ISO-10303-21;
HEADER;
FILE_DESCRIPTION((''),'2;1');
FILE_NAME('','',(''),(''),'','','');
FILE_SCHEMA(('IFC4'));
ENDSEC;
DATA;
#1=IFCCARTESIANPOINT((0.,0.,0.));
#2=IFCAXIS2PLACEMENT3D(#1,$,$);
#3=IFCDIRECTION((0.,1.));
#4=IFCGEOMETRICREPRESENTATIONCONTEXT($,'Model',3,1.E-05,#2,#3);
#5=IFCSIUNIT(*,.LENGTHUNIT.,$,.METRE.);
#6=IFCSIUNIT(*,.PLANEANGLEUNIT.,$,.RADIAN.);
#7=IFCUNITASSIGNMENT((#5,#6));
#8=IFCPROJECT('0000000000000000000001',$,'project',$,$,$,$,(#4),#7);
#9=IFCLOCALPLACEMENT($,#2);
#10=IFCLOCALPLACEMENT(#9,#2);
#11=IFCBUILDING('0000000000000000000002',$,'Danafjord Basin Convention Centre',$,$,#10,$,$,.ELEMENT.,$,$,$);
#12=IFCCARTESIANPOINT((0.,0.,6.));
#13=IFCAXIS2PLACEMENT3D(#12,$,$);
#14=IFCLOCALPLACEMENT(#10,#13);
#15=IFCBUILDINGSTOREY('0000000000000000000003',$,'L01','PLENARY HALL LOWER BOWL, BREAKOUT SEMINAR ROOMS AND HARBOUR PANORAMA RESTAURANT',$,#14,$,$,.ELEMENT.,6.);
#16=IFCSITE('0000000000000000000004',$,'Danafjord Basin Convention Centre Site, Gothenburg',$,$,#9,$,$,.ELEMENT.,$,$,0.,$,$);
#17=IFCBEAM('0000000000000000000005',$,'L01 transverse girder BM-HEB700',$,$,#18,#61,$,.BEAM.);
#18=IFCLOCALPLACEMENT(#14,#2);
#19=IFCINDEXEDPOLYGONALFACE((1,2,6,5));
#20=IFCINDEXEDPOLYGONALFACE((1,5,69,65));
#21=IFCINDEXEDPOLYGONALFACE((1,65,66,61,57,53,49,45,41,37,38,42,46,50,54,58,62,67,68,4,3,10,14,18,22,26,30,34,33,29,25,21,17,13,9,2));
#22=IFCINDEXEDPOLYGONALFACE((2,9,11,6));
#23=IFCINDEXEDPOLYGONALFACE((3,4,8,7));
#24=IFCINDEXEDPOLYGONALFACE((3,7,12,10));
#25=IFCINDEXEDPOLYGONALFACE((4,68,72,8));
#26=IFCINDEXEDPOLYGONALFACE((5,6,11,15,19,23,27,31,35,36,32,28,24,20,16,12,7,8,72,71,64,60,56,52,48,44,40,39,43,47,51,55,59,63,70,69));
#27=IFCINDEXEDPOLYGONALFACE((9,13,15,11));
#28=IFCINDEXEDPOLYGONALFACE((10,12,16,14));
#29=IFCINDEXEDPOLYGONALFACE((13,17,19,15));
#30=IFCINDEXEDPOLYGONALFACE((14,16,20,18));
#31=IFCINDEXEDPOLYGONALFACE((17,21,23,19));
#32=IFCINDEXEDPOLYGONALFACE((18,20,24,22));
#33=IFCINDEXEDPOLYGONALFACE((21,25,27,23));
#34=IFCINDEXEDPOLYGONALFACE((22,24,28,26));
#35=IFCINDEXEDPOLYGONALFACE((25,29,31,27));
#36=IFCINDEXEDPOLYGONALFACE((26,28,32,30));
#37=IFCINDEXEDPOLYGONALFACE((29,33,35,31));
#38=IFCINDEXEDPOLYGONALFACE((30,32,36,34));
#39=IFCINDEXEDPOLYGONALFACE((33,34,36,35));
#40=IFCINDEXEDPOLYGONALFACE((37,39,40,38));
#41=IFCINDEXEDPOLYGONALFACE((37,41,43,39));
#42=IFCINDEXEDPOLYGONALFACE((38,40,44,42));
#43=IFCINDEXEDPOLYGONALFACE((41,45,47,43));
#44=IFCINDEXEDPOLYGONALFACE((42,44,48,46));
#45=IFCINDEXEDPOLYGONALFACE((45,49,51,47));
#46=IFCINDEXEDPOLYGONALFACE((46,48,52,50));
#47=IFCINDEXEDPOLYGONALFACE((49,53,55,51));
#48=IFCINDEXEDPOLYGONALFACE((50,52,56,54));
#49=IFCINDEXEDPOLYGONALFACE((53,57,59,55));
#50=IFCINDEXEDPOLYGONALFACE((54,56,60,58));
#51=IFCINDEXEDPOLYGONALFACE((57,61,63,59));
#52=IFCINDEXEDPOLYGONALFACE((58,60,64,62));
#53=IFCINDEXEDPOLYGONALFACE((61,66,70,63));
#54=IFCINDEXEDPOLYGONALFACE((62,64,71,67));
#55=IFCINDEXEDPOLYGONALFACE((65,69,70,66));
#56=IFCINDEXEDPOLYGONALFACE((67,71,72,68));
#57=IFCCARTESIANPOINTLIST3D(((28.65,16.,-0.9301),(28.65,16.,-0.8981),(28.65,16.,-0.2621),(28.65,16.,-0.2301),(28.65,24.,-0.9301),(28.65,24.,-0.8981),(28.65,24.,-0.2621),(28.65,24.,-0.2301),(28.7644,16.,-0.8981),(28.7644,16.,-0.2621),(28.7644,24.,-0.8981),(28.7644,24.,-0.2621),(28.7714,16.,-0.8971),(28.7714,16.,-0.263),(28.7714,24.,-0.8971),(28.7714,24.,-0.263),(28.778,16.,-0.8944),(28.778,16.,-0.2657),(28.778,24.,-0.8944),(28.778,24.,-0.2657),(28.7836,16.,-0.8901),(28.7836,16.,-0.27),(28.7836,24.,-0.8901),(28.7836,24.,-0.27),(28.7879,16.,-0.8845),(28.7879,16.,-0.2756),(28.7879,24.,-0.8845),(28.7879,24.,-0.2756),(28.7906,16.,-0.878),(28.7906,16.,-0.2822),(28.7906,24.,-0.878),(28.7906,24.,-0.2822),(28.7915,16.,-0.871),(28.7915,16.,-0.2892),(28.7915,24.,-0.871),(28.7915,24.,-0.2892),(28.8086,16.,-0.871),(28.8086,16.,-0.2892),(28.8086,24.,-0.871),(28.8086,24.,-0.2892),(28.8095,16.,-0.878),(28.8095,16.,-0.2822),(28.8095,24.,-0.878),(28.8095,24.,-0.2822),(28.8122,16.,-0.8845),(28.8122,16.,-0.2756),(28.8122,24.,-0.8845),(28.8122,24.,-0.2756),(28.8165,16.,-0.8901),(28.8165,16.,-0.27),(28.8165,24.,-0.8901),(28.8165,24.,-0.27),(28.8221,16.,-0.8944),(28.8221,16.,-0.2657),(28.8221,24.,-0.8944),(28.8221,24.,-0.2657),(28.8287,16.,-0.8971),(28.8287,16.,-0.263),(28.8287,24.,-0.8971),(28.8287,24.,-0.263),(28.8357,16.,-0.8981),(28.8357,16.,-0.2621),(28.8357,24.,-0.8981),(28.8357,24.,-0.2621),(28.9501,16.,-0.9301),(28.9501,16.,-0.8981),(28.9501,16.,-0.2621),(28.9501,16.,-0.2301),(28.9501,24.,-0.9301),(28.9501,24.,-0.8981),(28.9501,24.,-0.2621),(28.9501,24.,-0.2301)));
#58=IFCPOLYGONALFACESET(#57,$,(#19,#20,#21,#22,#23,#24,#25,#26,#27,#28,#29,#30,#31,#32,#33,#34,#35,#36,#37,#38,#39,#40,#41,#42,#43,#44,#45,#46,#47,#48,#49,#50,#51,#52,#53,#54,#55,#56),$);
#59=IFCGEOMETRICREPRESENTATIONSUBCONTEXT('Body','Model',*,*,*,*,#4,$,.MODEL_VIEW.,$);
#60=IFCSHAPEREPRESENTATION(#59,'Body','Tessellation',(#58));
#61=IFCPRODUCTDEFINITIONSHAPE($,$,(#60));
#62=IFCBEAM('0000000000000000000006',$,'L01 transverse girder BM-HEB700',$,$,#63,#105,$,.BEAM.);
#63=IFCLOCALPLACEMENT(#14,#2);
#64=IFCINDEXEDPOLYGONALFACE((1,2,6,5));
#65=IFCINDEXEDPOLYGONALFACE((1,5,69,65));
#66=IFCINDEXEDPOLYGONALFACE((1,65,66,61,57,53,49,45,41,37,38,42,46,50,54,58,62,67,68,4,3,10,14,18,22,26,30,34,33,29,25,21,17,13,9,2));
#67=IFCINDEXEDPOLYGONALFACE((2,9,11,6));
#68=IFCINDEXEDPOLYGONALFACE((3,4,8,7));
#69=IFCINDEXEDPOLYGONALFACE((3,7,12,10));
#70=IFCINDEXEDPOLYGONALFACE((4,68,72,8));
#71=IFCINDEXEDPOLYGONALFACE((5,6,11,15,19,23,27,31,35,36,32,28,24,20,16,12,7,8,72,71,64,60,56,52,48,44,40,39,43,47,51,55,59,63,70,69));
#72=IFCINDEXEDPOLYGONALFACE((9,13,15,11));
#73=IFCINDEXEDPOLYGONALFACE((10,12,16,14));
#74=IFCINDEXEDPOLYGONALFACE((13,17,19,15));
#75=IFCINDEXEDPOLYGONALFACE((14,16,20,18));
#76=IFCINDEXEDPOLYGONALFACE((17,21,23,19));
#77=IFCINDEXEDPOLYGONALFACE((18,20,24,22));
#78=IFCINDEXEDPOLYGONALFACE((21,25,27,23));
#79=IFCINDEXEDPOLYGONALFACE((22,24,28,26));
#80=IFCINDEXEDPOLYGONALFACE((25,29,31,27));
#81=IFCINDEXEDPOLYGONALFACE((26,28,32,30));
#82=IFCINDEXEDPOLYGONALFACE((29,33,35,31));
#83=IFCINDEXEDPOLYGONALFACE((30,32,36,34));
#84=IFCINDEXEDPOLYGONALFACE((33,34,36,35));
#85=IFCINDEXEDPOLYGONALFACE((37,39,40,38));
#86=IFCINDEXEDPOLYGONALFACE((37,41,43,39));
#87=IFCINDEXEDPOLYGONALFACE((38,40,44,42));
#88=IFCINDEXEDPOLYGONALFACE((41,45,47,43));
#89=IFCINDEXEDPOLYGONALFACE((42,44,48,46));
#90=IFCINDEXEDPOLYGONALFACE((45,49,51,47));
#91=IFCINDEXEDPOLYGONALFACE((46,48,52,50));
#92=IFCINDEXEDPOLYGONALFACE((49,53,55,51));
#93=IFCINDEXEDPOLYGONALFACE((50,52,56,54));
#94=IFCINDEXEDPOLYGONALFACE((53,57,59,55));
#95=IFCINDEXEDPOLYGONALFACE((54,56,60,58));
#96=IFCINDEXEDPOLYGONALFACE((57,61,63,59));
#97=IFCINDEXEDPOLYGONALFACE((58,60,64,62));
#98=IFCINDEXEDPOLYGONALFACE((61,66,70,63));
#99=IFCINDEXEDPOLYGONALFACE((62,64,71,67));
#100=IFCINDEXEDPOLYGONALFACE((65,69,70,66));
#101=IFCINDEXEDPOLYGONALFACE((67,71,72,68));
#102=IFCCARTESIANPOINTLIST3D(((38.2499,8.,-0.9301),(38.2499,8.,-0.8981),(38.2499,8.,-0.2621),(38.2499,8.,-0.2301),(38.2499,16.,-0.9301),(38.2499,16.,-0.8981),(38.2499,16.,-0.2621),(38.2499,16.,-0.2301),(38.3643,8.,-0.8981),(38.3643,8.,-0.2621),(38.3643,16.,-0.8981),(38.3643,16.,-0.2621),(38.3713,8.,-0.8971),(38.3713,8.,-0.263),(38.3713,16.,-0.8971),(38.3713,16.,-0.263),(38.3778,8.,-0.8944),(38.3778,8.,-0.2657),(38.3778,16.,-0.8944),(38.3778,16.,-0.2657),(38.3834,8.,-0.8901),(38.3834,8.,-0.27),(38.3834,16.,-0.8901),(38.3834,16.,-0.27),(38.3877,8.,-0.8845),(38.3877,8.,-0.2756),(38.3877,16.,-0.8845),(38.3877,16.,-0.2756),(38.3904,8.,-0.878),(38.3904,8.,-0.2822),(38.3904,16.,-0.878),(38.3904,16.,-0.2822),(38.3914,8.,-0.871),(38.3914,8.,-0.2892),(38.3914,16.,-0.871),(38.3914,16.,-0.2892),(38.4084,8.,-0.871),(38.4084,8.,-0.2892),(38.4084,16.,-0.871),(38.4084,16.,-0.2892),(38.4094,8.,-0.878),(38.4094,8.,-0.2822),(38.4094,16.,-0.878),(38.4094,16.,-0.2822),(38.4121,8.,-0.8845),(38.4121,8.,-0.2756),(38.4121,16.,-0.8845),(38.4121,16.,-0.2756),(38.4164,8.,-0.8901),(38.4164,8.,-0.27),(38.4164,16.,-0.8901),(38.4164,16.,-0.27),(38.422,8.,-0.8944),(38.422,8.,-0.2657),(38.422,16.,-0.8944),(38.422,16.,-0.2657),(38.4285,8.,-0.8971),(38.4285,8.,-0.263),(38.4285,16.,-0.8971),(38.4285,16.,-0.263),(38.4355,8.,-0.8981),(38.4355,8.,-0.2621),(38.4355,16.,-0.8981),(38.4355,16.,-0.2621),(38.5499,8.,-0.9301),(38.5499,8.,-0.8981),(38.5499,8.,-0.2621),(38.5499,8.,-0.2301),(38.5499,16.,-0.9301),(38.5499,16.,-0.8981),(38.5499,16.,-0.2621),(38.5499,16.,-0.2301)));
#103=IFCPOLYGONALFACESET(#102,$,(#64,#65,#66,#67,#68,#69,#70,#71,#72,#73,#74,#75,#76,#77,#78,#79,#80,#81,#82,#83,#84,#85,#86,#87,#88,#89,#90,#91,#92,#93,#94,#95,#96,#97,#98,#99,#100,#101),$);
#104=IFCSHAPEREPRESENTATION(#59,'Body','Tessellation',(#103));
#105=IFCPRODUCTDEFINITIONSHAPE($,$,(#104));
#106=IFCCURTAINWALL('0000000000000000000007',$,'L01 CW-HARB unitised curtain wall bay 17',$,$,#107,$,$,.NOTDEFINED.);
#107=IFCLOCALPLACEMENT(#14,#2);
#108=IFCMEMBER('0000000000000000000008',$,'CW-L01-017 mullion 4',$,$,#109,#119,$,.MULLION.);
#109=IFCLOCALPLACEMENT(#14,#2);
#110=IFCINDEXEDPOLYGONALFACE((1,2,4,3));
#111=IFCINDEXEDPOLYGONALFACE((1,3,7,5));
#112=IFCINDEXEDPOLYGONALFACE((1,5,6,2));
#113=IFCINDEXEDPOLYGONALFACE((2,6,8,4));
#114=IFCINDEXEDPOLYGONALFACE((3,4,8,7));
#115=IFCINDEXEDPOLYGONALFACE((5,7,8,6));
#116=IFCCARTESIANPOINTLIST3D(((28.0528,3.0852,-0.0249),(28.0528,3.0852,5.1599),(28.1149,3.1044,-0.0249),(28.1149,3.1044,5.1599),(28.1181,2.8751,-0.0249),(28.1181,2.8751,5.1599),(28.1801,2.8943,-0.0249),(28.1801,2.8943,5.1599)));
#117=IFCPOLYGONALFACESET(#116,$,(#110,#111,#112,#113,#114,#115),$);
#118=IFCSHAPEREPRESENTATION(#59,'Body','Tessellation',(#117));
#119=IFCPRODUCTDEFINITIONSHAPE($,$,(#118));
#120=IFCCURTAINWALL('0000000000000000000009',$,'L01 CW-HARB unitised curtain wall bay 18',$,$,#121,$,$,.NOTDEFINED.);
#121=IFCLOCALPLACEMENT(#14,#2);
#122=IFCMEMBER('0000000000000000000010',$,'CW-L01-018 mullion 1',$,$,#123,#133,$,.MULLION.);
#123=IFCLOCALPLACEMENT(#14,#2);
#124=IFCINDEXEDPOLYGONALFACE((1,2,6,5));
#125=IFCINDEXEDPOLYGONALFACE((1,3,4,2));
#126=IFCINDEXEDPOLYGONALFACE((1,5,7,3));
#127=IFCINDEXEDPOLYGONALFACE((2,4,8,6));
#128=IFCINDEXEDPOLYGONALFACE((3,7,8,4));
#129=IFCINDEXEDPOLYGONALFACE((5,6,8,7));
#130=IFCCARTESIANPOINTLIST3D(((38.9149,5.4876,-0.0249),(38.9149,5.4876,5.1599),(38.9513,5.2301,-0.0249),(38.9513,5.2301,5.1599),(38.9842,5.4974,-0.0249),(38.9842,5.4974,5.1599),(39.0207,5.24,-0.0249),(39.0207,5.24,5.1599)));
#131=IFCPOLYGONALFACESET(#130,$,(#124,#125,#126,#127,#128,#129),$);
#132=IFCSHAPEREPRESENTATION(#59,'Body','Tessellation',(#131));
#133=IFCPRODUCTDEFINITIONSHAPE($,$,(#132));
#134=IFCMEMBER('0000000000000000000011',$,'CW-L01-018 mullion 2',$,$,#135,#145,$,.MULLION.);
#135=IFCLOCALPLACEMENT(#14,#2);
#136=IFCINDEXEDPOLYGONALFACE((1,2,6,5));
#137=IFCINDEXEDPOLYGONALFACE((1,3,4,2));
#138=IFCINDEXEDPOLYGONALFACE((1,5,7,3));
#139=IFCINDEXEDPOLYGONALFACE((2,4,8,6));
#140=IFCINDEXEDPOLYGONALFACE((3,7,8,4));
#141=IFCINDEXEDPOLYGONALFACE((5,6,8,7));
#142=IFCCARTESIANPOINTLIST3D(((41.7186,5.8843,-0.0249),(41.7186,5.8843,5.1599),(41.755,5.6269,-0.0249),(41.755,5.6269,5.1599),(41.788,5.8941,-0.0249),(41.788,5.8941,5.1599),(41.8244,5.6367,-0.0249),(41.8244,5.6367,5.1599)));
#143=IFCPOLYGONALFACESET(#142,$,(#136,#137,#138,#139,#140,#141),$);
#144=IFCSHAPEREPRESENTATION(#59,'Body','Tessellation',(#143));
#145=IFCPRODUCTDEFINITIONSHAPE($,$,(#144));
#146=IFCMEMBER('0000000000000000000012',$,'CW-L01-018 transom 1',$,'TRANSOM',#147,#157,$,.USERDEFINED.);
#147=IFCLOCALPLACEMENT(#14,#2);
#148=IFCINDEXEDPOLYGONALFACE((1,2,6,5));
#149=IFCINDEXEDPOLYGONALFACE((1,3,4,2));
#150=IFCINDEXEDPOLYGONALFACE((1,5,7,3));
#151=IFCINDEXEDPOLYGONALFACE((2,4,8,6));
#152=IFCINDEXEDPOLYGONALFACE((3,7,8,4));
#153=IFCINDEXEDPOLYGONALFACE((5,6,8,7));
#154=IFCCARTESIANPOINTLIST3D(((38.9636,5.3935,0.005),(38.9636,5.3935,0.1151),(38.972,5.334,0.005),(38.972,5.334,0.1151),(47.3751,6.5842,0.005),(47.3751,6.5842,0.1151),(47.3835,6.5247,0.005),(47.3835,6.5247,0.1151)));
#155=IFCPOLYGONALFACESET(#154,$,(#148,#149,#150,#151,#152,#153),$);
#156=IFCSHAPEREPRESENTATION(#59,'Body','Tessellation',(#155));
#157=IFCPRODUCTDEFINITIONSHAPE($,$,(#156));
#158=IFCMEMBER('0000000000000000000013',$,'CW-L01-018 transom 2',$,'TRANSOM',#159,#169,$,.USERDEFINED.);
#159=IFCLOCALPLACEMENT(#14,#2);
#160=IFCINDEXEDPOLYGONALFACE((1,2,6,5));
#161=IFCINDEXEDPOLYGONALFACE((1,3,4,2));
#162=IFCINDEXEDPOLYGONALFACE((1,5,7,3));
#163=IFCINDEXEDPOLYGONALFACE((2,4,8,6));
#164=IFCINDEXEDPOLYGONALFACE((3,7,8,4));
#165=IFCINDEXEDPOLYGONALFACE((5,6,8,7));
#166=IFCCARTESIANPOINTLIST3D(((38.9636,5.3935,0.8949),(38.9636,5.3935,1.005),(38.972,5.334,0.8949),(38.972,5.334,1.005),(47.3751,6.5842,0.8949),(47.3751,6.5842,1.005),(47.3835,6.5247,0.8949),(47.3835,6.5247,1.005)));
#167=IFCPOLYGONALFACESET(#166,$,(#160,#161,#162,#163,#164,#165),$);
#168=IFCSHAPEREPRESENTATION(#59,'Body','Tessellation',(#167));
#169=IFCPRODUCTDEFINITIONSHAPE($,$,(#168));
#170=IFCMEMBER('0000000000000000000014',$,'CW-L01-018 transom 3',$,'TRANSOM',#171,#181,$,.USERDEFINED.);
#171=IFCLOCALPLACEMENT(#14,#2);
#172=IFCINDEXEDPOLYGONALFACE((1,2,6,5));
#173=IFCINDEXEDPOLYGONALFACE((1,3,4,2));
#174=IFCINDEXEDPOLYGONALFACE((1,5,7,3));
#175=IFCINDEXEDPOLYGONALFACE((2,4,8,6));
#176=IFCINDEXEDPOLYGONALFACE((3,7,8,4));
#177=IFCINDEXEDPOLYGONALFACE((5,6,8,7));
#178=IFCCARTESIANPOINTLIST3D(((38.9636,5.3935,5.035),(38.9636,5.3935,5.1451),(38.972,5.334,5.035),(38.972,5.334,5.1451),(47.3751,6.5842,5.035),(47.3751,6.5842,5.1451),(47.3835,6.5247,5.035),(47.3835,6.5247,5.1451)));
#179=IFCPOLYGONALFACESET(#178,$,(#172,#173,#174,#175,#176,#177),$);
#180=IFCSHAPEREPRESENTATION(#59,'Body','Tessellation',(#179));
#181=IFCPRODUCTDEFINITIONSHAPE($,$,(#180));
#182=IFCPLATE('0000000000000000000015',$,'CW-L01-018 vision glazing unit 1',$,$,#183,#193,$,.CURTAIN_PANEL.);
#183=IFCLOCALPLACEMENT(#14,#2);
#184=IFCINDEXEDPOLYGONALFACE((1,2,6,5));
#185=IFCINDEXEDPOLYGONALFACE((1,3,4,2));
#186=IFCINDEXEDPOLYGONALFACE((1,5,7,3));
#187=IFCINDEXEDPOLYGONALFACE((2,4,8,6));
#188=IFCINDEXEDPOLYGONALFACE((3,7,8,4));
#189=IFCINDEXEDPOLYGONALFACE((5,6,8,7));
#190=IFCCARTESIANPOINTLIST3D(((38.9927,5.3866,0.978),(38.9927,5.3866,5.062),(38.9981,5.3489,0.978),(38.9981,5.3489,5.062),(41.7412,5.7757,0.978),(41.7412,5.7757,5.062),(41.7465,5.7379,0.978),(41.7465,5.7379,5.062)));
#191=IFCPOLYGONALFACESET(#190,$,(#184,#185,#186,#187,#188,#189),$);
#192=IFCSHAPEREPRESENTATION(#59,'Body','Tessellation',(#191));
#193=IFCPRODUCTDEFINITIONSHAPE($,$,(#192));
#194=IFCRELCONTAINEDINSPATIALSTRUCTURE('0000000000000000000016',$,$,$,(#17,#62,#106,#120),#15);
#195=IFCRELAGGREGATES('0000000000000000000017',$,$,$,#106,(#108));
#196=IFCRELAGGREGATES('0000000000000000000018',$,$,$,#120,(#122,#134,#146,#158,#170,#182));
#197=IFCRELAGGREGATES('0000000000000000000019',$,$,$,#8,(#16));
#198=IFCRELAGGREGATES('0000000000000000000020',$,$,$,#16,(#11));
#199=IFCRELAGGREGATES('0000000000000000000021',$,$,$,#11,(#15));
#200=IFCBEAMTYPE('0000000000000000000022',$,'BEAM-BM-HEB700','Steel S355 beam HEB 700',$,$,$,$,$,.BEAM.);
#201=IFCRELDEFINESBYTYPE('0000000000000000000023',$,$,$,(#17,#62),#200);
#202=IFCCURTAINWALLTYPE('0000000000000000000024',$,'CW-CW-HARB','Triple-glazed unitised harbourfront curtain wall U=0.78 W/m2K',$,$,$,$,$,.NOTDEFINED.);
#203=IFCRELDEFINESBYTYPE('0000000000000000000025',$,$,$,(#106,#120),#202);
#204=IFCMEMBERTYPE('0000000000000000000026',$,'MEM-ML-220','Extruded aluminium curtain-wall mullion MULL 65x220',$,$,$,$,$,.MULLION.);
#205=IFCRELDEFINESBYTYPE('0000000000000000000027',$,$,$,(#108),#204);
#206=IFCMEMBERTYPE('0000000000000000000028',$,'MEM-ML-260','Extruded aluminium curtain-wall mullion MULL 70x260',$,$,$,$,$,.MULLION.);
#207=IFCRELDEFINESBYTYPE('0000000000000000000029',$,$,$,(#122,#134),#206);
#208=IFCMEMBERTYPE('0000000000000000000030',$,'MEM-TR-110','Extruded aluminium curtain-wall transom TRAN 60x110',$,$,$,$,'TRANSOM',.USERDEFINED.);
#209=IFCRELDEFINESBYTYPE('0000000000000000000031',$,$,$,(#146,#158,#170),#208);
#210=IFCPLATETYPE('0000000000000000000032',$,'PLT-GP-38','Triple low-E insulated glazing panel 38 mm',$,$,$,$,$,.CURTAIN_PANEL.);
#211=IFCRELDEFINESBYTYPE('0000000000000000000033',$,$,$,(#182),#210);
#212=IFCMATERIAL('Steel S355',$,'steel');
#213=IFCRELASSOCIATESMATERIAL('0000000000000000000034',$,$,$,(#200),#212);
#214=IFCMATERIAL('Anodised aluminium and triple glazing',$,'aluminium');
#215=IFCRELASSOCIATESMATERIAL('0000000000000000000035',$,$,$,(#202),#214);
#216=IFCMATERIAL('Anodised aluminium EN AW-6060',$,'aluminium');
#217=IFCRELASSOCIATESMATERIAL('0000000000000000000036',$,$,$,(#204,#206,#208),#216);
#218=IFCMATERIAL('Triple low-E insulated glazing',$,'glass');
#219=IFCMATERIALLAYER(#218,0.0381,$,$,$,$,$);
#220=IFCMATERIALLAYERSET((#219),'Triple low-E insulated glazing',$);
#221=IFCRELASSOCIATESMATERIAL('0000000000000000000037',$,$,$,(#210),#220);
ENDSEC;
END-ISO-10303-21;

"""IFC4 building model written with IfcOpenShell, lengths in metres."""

from ifc_helpers import new_model, si_unit, direction, frame, origin, origin_2d, place, context, subcontext, project, spatial, rectangle, i_section, extrude, material, layer, layer_set, material_profile, profile_set, type_object, element, aggregate, save


model = new_model("IFC4")

# Units and contexts
model_context = context("Model", 3, precision=1e-05, world=origin(), true_north=direction((0.0, 1.0)))
body_context = subcontext(model_context, "Body", "Model", "MODEL_VIEW")
ifc_project = project(units=[si_unit("LENGTHUNIT", "METRE"), si_unit("PLANEANGLEUNIT", "RADIAN")], contexts=[model_context])

# Site, building, storey
site_placement = place(None, origin())
site = spatial("IfcSite", under=ifc_project, at=site_placement, Name="Danafjord Basin Convention Centre Site, Gothenburg", CompositionType="ELEMENT", RefElevation=0.0)
building_placement = place(site_placement, origin())
building = spatial("IfcBuilding", under=site, at=building_placement, Name="Danafjord Basin Convention Centre", CompositionType="ELEMENT")
storey_placement = place(building_placement, frame((0.0, 0.0, 6.0)))
storey = spatial("IfcBuildingStorey", under=building, at=storey_placement, Name="L01", Description="PLENARY HALL LOWER BOWL, BREAKOUT SEMINAR ROOMS AND HARBOUR PANORAMA RESTAURANT", CompositionType="ELEMENT", Elevation=6.0)

# Shared definitions
ifc_material_1 = material(Name="Steel S355", Category="steel")

# Beams
ifc_material_profile_1 = material_profile(ifc_material_1, i_section(OverallWidth=0.3, OverallDepth=0.7, WebThickness=0.0171, FlangeThickness=0.032, FilletRadius=0.0271, at=origin_2d()), Name="HEB 700")
ifc_profile_set_1 = profile_set([ifc_material_profile_1], Name="Steel S355")
beam_type_1 = type_object("IfcBeamType", Name="BEAM-BM-HEB700", Description="Steel S355 beam HEB 700", PredefinedType="BEAM", material=ifc_profile_set_1)
for number, where, z_axis, x_axis, name in (
    (1, (28.8, 16.0, -0.5801), (0.0, 1.0, 0.0), (-1.0, 0.0, 0.0), "L01 transverse girder BM-HEB700"),
    (2, (38.3999, 8.0, -0.5801), (0.0, 1.0, 0.0), (-1.0, 0.0, 0.0), "L01 transverse girder BM-HEB700"),
):
    element("IfcBeam", number, at=place(storey_placement, frame(where, z_axis=z_axis, x_axis=x_axis)), inside=storey, type_object=beam_type_1, Name=name, PredefinedType="BEAM", context=body_context, shape_type="SweptSolid", body=[
        extrude(i_section(OverallWidth=0.3, OverallDepth=0.7, WebThickness=0.0171, FlangeThickness=0.032, FilletRadius=0.0271, at=origin_2d()), origin(), (0.0, 0.0, 1.0), 8.0),
    ])

# Curtain wall, member
ifc_material_2 = material(Name="Anodised aluminium and triple glazing", Category="aluminium")
curtain_wall_type = type_object("IfcCurtainWallType", Name="CW-CW-HARB", Description="Triple-glazed unitised harbourfront curtain wall U=0.78 W/m2K", PredefinedType="NOTDEFINED", material=ifc_material_2)
curtain_wall_1_placement = place(storey_placement, origin())
curtain_wall_1 = element("IfcCurtainWall", 3, at=curtain_wall_1_placement, inside=storey, type_object=curtain_wall_type, Name="L01 CW-HARB unitised curtain wall bay 17", PredefinedType="NOTDEFINED")
ifc_material_3 = material(Name="Anodised aluminium EN AW-6060", Category="aluminium")
ifc_material_profile_2 = material_profile(ifc_material_3, rectangle(XDim=0.0649, YDim=0.22, at=origin_2d()), Name="MULL 65x220")
ifc_profile_set_2 = profile_set([ifc_material_profile_2], Name="Anodised aluminium EN AW-6060")
member_type_1 = type_object("IfcMemberType", Name="MEM-ML-220", Description="Extruded aluminium curtain-wall mullion MULL 65x220", PredefinedType="MULLION", material=ifc_profile_set_2)
member_1_placement = place(storey_placement, frame((28.1165, 2.9897, -0.0249), z_axis=(0.0, 0.0, 1.0), x_axis=(0.955045, 0.296462, 0.0)))
member_1 = element("IfcMember", 4, at=member_1_placement, type_object=member_type_1, Name="CW-L01-017 mullion 4", PredefinedType="MULLION", context=body_context, shape_type="SweptSolid", body=[
    extrude(rectangle(XDim=0.0649, YDim=0.22, at=origin_2d()), origin(), (0.0, 0.0, 1.0), 5.1848),
])
aggregate(curtain_wall_1, [member_1])

# Curtain wall, members, plate
curtain_wall_2_placement = place(storey_placement, origin())
curtain_wall_2 = element("IfcCurtainWall", 5, at=curtain_wall_2_placement, inside=storey, type_object=curtain_wall_type, Name="L01 CW-HARB unitised curtain wall bay 18", PredefinedType="NOTDEFINED")
ifc_material_profile_3 = material_profile(ifc_material_3, rectangle(XDim=0.0701, YDim=0.26, at=origin_2d()), Name="MULL 70x260")
ifc_profile_set_3 = profile_set([ifc_material_profile_3], Name="Anodised aluminium EN AW-6060")
member_type_2 = type_object("IfcMemberType", Name="MEM-ML-260", Description="Extruded aluminium curtain-wall mullion MULL 70x260", PredefinedType="MULLION", material=ifc_profile_set_3)
member_2_placement = place(storey_placement, frame((38.9678, 5.3638, -0.0249), z_axis=(0.0, 0.0, 1.0), x_axis=(0.990128, 0.140165, 0.0)))
member_2 = element("IfcMember", 6, at=member_2_placement, type_object=member_type_2, Name="CW-L01-018 mullion 1", PredefinedType="MULLION", context=body_context, shape_type="SweptSolid", body=[
    extrude(rectangle(XDim=0.0701, YDim=0.26, at=origin_2d()), origin(), (0.0, 0.0, 1.0), 5.1848),
])
member_3_placement = place(storey_placement, frame((41.7715, 5.7605, -0.0249), z_axis=(0.0, 0.0, 1.0), x_axis=(0.990128, 0.140165, 0.0)))
member_3 = element("IfcMember", 7, at=member_3_placement, type_object=member_type_2, Name="CW-L01-018 mullion 2", PredefinedType="MULLION", context=body_context, shape_type="SweptSolid", body=[
    extrude(rectangle(XDim=0.0701, YDim=0.26, at=origin_2d()), origin(), (0.0, 0.0, 1.0), 5.1848),
])
ifc_material_profile_4 = material_profile(ifc_material_3, rectangle(XDim=0.0601, YDim=0.1101, at=origin_2d()), Name="TRAN 60x110")
ifc_profile_set_4 = profile_set([ifc_material_profile_4], Name="Anodised aluminium EN AW-6060")
member_type_3 = type_object("IfcMemberType", Name="MEM-TR-110", Description="Extruded aluminium curtain-wall transom TRAN 60x110", ElementType="TRANSOM", PredefinedType="USERDEFINED", material=ifc_profile_set_4)
member_4_placement = place(storey_placement, frame((38.9678, 5.3638, 0.0601), z_axis=(0.99013, 0.140154, 0.0), x_axis=(-0.140154, 0.99013, 0.0)))
member_4 = element("IfcMember", 8, at=member_4_placement, type_object=member_type_3, Name="CW-L01-018 transom 1", ObjectType="TRANSOM", PredefinedType="USERDEFINED", context=body_context, shape_type="SweptSolid", body=[
    extrude(rectangle(XDim=0.0601, YDim=0.1101, at=origin_2d()), origin(), (0.0, 0.0, 1.0), 8.4954),
])
member_5_placement = place(storey_placement, frame((38.9678, 5.3638, 0.95), z_axis=(0.99013, 0.140154, 0.0), x_axis=(-0.140154, 0.99013, 0.0)))
member_5 = element("IfcMember", 9, at=member_5_placement, type_object=member_type_3, Name="CW-L01-018 transom 2", ObjectType="TRANSOM", PredefinedType="USERDEFINED", context=body_context, shape_type="SweptSolid", body=[
    extrude(rectangle(XDim=0.0601, YDim=0.1101, at=origin_2d()), origin(), (0.0, 0.0, 1.0), 8.4954),
])
member_6_placement = place(storey_placement, frame((38.9678, 5.3638, 5.0901), z_axis=(0.99013, 0.140154, 0.0), x_axis=(-0.140154, 0.99013, 0.0)))
member_6 = element("IfcMember", 10, at=member_6_placement, type_object=member_type_3, Name="CW-L01-018 transom 3", ObjectType="TRANSOM", PredefinedType="USERDEFINED", context=body_context, shape_type="SweptSolid", body=[
    extrude(rectangle(XDim=0.0601, YDim=0.1101, at=origin_2d()), origin(), (0.0, 0.0, 1.0), 8.4954),
])
ifc_material_4 = material(Name="Triple low-E insulated glazing", Category="glass")
ifc_layer_1 = layer(ifc_material_4, 0.0381)
ifc_layer_set_1 = layer_set([ifc_layer_1], Name="Triple low-E insulated glazing")
plate_type_1 = type_object("IfcPlateType", Name="PLT-GP-38", Description="Triple low-E insulated glazing panel 38 mm", PredefinedType="CURTAIN_PANEL", material=ifc_layer_set_1)
plate_1_placement = place(storey_placement, frame((40.3696, 5.5623, 0.978), z_axis=(0.0, 0.0, 1.0), x_axis=(0.990128, 0.140165, 0.0)))
plate_1 = element("IfcPlate", 11, at=plate_1_placement, type_object=plate_type_1, Name="CW-L01-018 vision glazing unit 1", PredefinedType="CURTAIN_PANEL", context=body_context, shape_type="SweptSolid", body=[
    extrude(rectangle(XDim=2.7759, YDim=0.0381, at=origin_2d()), origin(), (0.0, 0.0, 1.0), 4.084),
])
aggregate(curtain_wall_2, [member_2, member_3, member_4, member_5, member_6, plate_1])

save(model, "model.ifc")
